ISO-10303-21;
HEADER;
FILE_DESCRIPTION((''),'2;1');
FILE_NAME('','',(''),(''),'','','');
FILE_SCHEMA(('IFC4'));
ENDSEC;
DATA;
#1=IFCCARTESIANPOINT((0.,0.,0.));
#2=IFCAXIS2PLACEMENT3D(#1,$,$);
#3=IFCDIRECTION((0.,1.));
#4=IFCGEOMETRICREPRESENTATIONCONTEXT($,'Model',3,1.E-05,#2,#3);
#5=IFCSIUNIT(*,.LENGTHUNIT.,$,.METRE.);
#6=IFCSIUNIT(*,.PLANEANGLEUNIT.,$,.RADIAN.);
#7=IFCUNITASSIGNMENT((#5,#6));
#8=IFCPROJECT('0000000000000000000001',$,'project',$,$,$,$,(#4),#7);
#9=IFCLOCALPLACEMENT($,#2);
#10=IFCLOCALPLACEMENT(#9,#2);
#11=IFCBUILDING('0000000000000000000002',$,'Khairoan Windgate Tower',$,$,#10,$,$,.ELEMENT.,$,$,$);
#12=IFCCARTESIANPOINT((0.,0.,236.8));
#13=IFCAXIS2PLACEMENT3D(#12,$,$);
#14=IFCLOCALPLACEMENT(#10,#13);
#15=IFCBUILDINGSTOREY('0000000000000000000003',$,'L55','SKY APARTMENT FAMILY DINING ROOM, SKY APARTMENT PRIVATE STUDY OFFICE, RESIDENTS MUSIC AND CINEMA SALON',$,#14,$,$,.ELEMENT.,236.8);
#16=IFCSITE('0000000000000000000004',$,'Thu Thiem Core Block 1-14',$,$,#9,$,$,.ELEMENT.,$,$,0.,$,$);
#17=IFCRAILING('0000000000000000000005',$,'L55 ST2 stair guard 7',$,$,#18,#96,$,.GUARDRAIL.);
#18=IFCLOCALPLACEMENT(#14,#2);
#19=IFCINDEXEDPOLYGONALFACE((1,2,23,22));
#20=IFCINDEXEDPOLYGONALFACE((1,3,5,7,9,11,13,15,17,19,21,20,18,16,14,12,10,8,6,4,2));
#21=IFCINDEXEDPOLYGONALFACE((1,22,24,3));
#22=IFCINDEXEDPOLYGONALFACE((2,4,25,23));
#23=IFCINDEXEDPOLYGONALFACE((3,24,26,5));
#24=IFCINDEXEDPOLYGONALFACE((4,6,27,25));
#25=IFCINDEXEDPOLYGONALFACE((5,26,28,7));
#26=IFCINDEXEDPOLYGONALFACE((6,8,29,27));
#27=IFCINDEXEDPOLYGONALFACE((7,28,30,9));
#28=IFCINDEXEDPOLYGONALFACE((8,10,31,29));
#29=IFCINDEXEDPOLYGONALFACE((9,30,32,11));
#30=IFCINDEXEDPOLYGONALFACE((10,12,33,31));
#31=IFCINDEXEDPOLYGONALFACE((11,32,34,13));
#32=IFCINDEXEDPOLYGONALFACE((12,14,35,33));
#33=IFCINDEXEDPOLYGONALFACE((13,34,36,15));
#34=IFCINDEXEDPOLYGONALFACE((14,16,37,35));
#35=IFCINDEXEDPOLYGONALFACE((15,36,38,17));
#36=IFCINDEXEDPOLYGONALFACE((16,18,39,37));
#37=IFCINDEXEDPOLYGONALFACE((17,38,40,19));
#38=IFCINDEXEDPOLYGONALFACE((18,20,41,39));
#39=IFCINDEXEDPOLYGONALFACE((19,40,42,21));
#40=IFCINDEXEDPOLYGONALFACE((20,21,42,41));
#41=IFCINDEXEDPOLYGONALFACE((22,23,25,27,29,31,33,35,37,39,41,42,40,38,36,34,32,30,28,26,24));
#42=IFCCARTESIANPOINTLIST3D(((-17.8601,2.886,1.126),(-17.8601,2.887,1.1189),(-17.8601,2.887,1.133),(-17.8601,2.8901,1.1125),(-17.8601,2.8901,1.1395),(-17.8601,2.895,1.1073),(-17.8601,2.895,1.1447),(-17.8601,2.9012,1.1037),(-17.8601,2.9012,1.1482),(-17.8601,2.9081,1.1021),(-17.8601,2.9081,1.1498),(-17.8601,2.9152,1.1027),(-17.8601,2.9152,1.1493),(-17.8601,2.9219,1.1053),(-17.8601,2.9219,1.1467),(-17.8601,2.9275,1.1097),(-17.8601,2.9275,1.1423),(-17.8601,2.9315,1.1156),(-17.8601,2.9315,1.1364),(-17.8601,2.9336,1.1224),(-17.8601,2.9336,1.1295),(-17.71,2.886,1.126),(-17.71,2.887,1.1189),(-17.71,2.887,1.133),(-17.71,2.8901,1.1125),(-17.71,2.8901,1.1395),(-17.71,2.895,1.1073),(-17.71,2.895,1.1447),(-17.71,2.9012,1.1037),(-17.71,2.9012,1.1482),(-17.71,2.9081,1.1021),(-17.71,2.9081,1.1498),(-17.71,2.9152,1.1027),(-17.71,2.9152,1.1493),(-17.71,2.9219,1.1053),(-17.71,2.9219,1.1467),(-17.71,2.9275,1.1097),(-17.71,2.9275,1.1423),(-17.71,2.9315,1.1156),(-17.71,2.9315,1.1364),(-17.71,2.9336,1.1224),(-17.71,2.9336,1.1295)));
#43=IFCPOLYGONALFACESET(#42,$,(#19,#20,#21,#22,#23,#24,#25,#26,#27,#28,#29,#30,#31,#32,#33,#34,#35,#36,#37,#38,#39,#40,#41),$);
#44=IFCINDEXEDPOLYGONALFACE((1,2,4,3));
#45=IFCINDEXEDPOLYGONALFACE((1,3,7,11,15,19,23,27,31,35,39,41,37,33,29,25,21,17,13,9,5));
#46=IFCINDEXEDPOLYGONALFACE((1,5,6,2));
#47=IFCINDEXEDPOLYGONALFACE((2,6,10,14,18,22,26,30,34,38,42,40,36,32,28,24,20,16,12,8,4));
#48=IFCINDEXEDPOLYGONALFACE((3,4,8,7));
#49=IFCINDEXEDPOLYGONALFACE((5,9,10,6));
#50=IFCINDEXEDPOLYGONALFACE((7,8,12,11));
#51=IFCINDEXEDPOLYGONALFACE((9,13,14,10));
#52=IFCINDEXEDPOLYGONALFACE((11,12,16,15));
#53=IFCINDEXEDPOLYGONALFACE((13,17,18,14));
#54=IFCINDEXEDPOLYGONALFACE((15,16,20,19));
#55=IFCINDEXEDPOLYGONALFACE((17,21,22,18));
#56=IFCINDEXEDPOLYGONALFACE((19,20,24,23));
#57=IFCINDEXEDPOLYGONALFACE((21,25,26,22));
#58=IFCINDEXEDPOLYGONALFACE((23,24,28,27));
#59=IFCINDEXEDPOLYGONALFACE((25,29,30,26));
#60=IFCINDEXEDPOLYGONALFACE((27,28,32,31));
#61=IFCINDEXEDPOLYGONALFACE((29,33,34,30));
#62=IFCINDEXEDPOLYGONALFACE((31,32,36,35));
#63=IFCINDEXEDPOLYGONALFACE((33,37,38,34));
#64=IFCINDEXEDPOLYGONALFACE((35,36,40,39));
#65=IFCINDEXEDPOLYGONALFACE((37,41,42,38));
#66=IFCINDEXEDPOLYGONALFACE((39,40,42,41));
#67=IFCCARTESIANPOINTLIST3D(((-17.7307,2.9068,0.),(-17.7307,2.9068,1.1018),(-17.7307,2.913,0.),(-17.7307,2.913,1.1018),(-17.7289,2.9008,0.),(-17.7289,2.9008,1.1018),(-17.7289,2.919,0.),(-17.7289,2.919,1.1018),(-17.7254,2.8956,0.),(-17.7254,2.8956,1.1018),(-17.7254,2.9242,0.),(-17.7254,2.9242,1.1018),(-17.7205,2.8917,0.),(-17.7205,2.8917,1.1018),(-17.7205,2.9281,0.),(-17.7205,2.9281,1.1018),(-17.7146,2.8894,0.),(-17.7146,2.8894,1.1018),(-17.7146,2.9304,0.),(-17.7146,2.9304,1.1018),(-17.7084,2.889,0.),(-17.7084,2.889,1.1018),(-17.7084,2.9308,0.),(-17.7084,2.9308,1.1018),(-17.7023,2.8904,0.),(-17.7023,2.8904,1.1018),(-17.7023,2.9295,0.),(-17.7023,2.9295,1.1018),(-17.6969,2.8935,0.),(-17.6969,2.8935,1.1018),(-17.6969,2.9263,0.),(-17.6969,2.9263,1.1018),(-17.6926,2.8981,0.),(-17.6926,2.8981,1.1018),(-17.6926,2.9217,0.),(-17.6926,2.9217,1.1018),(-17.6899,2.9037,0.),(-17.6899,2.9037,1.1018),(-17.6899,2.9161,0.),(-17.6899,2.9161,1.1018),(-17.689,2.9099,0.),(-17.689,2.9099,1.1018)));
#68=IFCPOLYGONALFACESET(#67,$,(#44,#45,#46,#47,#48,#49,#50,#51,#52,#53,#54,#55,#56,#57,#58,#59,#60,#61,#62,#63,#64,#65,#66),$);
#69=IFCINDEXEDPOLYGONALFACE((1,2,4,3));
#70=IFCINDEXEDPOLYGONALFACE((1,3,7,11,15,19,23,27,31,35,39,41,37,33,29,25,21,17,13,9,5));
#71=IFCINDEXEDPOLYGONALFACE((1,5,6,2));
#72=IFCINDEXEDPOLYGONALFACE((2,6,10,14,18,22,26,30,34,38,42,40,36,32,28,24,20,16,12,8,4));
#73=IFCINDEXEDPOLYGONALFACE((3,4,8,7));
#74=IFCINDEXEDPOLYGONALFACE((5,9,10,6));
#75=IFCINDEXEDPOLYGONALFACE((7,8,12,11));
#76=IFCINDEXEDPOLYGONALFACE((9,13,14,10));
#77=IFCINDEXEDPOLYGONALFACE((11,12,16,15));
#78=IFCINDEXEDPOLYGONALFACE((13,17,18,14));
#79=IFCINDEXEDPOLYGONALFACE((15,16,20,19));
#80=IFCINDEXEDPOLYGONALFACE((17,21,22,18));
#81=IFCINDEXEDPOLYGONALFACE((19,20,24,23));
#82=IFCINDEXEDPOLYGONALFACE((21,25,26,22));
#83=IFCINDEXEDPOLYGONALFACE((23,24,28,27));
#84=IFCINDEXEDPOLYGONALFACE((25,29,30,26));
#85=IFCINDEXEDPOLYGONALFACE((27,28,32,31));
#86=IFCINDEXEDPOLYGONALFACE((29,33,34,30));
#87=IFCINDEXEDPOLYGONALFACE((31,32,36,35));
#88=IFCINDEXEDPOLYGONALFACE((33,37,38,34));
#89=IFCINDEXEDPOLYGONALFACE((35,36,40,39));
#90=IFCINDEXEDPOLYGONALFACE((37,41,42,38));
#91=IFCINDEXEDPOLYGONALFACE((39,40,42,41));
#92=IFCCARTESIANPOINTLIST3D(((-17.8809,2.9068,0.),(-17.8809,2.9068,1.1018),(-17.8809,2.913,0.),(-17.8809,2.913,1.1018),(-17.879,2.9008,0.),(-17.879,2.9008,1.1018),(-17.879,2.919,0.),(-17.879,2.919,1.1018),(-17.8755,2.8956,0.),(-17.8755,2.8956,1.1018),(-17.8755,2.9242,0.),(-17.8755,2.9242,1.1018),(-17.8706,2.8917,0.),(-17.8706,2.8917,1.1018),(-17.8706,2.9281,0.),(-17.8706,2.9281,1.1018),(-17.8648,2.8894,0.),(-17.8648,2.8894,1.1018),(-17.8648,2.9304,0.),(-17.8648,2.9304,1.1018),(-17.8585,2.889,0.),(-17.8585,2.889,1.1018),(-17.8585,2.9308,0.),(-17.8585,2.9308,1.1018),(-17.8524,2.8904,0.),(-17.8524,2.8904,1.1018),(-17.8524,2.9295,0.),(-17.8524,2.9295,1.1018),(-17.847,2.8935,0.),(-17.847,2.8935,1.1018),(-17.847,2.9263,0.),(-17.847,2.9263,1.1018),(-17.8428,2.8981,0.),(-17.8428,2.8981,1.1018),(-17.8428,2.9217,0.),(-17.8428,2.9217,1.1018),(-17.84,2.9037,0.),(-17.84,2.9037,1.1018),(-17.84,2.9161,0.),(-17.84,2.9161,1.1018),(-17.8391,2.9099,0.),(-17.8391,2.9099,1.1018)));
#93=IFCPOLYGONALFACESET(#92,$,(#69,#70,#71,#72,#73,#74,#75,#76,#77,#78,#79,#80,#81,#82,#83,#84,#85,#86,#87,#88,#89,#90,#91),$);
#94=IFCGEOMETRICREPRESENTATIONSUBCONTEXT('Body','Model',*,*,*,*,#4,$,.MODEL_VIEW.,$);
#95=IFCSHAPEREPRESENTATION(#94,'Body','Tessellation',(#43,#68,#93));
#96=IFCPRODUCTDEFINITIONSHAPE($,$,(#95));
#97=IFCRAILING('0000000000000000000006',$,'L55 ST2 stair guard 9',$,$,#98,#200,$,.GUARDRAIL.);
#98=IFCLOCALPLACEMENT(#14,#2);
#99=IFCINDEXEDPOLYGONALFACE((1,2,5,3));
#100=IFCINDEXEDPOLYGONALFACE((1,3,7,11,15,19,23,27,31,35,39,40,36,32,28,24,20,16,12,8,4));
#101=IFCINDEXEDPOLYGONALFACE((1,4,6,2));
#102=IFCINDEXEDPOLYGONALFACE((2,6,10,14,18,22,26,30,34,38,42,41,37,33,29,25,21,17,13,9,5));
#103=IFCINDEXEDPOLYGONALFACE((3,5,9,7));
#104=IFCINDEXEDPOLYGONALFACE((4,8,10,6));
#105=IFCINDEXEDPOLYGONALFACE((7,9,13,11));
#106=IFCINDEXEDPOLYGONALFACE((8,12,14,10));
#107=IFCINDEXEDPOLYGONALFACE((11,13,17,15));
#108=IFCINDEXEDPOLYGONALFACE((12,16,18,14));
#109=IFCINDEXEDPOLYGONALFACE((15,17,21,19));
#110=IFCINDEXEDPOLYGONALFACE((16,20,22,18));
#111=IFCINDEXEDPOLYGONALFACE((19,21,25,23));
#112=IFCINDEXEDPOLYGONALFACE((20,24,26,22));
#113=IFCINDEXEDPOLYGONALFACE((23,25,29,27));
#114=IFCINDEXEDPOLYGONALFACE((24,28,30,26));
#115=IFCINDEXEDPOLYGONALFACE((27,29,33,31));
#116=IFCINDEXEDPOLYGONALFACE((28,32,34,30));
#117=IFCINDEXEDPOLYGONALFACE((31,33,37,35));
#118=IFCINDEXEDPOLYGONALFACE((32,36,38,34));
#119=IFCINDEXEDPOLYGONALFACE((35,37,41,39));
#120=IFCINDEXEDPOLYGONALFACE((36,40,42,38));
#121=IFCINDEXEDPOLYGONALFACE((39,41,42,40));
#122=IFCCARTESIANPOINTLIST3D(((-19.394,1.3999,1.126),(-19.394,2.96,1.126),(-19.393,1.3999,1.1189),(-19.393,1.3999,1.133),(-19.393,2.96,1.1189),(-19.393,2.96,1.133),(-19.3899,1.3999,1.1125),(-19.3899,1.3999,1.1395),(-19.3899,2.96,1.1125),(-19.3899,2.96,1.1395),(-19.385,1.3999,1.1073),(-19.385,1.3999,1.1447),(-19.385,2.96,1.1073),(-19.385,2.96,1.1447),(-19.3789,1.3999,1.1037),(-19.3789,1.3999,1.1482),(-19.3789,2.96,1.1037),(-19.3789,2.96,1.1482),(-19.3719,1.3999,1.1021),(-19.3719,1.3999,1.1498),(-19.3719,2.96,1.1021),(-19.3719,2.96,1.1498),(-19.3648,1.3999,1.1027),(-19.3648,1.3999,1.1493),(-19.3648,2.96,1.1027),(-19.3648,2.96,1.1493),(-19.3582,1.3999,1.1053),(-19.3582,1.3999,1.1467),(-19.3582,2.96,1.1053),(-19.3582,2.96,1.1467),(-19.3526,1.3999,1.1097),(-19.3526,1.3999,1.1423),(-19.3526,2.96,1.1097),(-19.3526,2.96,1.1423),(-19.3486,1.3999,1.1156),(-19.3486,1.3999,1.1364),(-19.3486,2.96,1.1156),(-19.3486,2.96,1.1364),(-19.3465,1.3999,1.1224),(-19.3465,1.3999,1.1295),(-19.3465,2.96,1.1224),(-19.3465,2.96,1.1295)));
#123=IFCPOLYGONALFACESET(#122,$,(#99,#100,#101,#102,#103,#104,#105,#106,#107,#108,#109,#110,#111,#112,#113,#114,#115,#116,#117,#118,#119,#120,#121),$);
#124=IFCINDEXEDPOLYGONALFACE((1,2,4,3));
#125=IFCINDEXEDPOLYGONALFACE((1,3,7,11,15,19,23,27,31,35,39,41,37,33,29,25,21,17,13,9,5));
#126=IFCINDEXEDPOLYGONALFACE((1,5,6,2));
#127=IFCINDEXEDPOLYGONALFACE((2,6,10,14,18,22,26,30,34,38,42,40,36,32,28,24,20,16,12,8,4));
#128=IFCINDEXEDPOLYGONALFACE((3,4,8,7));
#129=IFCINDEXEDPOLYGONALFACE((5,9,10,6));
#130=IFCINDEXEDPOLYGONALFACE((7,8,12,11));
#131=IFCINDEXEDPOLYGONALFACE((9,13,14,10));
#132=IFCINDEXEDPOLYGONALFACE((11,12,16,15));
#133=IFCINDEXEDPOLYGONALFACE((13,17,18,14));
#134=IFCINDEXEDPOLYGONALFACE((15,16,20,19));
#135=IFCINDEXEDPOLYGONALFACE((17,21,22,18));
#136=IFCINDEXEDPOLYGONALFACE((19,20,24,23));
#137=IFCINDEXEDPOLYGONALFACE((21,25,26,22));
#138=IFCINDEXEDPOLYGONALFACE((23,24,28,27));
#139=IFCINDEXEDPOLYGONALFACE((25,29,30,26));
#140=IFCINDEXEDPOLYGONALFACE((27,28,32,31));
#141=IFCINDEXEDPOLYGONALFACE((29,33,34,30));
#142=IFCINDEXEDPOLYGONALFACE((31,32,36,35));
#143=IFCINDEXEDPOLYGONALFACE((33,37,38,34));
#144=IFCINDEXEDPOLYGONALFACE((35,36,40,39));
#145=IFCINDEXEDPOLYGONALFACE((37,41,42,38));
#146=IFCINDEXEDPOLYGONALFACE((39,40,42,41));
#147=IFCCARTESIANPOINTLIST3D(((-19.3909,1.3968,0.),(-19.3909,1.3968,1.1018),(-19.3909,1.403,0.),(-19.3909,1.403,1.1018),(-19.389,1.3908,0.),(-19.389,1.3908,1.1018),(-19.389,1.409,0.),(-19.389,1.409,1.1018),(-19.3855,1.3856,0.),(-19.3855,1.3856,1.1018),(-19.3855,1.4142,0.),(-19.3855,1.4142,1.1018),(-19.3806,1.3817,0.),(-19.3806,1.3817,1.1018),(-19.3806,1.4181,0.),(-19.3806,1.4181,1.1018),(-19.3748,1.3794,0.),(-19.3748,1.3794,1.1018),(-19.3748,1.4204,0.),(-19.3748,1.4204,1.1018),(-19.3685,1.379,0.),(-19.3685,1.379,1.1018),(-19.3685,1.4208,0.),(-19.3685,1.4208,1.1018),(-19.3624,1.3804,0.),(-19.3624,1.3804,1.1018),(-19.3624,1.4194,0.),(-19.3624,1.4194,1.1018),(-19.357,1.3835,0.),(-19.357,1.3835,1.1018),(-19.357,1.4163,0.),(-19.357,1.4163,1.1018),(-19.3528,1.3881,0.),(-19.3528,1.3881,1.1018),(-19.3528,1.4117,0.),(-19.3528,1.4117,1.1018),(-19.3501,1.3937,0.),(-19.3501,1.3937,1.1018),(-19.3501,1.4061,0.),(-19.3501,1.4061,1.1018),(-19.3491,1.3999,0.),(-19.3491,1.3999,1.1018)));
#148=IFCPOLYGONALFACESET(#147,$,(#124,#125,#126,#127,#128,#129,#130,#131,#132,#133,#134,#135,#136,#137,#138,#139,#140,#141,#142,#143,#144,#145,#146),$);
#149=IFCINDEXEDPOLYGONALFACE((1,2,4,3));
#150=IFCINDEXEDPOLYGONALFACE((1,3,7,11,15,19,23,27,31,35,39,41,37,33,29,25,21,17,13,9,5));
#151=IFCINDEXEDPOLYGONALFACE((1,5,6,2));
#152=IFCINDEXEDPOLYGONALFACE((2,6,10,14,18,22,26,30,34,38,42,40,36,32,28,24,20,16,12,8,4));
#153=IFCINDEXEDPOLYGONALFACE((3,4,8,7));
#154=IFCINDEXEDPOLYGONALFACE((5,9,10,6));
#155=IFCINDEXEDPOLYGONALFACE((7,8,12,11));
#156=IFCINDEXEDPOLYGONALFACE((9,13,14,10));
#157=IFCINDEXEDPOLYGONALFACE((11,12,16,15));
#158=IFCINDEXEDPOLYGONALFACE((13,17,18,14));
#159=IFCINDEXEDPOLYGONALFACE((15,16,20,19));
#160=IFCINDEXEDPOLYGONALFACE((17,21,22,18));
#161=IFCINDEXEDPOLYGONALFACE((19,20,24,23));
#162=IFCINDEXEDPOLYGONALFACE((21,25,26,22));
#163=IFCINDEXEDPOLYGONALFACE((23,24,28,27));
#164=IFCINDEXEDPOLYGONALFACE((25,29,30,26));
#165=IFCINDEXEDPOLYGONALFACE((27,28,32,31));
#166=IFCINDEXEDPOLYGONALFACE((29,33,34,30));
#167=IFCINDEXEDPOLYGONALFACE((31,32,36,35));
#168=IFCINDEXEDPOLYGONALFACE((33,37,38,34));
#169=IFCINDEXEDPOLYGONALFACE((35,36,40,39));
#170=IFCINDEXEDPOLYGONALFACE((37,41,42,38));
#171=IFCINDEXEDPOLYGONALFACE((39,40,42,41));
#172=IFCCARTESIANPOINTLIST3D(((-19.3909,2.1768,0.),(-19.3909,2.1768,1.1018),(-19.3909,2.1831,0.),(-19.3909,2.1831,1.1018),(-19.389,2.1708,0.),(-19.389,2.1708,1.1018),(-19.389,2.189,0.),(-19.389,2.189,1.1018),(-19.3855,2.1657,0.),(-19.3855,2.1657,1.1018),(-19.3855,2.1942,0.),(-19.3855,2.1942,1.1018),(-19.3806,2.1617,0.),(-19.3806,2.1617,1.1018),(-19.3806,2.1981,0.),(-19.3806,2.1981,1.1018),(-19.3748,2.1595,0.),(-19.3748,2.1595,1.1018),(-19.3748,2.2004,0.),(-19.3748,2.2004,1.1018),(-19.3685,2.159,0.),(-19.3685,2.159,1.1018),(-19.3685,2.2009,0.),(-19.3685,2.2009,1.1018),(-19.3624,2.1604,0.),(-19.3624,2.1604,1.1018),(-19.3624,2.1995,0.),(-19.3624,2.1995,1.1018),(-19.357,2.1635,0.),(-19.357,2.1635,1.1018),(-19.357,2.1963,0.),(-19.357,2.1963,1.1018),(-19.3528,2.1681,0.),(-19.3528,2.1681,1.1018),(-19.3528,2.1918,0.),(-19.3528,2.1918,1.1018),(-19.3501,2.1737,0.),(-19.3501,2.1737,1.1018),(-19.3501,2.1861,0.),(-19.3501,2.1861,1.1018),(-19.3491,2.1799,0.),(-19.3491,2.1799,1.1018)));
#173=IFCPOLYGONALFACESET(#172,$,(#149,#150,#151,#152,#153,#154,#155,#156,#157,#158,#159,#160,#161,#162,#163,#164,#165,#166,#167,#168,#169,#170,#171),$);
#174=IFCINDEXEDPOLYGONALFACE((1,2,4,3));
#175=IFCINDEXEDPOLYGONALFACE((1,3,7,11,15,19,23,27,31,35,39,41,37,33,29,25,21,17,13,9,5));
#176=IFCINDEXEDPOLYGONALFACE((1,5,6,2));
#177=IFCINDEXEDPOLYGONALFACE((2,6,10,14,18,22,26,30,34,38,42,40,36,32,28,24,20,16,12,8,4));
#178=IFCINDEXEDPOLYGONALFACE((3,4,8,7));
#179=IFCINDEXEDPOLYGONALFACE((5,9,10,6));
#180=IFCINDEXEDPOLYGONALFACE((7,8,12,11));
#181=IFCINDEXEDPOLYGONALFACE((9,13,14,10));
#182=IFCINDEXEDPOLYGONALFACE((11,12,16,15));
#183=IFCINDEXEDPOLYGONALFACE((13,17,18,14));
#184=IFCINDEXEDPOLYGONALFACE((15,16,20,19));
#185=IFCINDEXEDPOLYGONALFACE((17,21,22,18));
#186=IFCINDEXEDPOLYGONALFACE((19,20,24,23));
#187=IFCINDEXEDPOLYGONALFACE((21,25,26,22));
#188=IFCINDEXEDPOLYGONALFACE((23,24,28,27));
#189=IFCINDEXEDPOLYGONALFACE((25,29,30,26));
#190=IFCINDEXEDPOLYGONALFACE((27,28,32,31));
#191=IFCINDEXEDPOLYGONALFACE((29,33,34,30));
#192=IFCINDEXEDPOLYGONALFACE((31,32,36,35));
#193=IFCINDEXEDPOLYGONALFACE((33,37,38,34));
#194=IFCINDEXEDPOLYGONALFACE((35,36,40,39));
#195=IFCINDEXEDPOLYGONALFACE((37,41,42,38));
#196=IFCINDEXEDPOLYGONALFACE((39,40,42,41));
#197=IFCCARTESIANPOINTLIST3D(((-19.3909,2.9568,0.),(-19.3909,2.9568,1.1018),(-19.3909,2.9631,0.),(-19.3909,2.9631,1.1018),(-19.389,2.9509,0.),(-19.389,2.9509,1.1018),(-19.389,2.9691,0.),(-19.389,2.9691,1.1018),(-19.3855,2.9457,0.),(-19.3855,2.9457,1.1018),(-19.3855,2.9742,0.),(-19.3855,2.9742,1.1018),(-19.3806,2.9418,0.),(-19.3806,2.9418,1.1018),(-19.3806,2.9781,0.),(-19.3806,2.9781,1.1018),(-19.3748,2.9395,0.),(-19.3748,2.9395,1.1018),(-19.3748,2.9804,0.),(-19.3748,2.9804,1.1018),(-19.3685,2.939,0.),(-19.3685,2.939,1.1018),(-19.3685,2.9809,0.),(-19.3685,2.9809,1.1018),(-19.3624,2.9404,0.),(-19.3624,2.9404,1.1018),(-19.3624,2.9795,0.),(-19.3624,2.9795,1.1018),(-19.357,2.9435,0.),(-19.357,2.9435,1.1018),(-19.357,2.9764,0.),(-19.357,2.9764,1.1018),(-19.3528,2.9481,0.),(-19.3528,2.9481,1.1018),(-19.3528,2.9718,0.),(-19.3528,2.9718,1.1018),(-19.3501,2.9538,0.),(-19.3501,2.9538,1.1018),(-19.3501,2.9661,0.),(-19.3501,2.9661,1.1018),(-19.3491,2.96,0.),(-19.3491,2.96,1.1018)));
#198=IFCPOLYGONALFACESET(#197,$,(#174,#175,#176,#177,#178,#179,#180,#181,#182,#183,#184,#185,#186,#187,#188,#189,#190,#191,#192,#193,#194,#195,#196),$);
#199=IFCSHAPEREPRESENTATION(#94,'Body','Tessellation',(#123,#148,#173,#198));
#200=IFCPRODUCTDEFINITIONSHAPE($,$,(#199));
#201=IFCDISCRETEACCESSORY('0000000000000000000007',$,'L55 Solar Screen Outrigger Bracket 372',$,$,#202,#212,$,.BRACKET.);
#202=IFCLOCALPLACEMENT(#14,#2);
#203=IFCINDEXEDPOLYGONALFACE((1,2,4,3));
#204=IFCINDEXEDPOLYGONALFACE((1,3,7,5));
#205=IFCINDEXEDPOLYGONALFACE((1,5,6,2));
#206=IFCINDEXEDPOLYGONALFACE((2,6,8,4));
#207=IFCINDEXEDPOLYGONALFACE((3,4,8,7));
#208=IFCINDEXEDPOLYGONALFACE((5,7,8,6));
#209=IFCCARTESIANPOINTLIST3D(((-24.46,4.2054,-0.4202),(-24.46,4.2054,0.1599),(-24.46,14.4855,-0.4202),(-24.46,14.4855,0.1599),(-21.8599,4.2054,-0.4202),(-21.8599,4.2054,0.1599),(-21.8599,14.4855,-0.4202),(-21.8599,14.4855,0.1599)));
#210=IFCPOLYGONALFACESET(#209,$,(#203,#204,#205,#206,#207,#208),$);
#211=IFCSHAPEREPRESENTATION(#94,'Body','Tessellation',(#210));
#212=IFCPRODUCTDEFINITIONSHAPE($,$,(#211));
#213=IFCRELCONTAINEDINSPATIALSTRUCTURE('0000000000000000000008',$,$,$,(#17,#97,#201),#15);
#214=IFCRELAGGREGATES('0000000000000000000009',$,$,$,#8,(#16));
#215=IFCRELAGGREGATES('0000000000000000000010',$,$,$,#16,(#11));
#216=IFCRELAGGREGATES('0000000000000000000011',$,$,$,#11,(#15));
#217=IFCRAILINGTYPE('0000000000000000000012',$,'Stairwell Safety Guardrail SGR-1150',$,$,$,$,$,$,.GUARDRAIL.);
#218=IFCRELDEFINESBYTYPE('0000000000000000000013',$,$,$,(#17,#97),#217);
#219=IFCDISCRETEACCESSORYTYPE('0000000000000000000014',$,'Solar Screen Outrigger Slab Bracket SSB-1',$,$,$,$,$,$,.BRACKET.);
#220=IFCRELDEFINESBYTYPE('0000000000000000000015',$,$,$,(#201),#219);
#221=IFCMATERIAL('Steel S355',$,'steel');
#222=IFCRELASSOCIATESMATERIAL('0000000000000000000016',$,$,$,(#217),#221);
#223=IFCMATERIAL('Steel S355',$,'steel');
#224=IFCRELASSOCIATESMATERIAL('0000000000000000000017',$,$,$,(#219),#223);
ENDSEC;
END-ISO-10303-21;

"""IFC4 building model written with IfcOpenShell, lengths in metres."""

from ifc_helpers import new_model, si_unit, direction, frame, origin, origin_2d, place, context, subcontext, project, spatial, rectangle, circle, extrude, material, type_object, element, save


model = new_model("IFC4")

# Units and contexts
model_context = context("Model", 3, precision=1e-05, world=origin(), true_north=direction((0.0, 1.0)))
body_context = subcontext(model_context, "Body", "Model", "MODEL_VIEW")
ifc_project = project(units=[si_unit("LENGTHUNIT", "METRE"), si_unit("PLANEANGLEUNIT", "RADIAN")], contexts=[model_context])

# Site, building, storey
site_placement = place(None, origin())
site = spatial("IfcSite", under=ifc_project, at=site_placement, Name="Thu Thiem Core Block 1-14", CompositionType="ELEMENT", RefElevation=0.0)
building_placement = place(site_placement, origin())
building = spatial("IfcBuilding", under=site, at=building_placement, Name="Khairoan Windgate Tower", CompositionType="ELEMENT")
storey_placement = place(building_placement, frame((0.0, 0.0, 236.8)))
storey = spatial("IfcBuildingStorey", under=building, at=storey_placement, Name="L55", Description="SKY APARTMENT FAMILY DINING ROOM, SKY APARTMENT PRIVATE STUDY OFFICE, RESIDENTS MUSIC AND CINEMA SALON", CompositionType="ELEMENT", Elevation=236.8)

# Railings
ifc_material_1 = material(Name="Steel S355", Category="steel")
railing_type_1 = type_object("IfcRailingType", Name="Stairwell Safety Guardrail SGR-1150", PredefinedType="GUARDRAIL", material=ifc_material_1)
railing_1_placement = place(storey_placement, frame((-17.71, 2.9099, 0.0)))
element("IfcRailing", 1, at=railing_1_placement, inside=storey, type_object=railing_type_1, Name="L55 ST2 stair guard 7", PredefinedType="GUARDRAIL", context=body_context, shape_type="SweptSolid", body=[
    extrude(circle(Radius=0.0239, at=origin_2d()), frame((0.0, 0.0, 1.126), z_axis=(-1.0, 0.0, 0.0), x_axis=(0.0, -1.0, 0.0)), (0.0, 0.0, 1.0), 0.1501),
    extrude(circle(Radius=0.021, at=origin_2d()), origin(), (0.0, 0.0, 1.0), 1.1018),
    extrude(circle(Radius=0.021, at=origin_2d()), frame((-0.1501, 0.0, 0.0)), (0.0, 0.0, 1.0), 1.1018),
])
railing_2_placement = place(storey_placement, frame((-19.3701, 1.3999, 0.0)))
element("IfcRailing", 2, at=railing_2_placement, inside=storey, type_object=railing_type_1, Name="L55 ST2 stair guard 9", PredefinedType="GUARDRAIL", context=body_context, shape_type="SweptSolid", body=[
    extrude(circle(Radius=0.0239, at=origin_2d()), frame((0.0, 0.0, 1.126), z_axis=(0.0, 1.0, 0.0), x_axis=(-1.0, 0.0, 0.0)), (0.0, 0.0, 1.0), 1.5601),
    extrude(circle(Radius=0.021, at=origin_2d()), origin(), (0.0, 0.0, 1.0), 1.1018),
    extrude(circle(Radius=0.021, at=origin_2d()), frame((0.0, 0.78, 0.0)), (0.0, 0.0, 1.0), 1.1018),
    extrude(circle(Radius=0.021, at=origin_2d()), frame((0.0, 1.5601, 0.0)), (0.0, 0.0, 1.0), 1.1018),
])

# Discrete accessory
ifc_material_2 = material(Name="Steel S355", Category="steel")
discrete_accessory_type = type_object("IfcDiscreteAccessoryType", Name="Solar Screen Outrigger Slab Bracket SSB-1", PredefinedType="BRACKET", material=ifc_material_2)
discrete_accessory_placement = place(storey_placement, frame((-23.1599, 9.3455, -0.4202), z_axis=(0.0, 0.0, 1.0), x_axis=(0.0, 1.0, 0.0)))
element("IfcDiscreteAccessory", 3, at=discrete_accessory_placement, inside=storey, type_object=discrete_accessory_type, Name="L55 Solar Screen Outrigger Bracket 372", PredefinedType="BRACKET", context=body_context, shape_type="SweptSolid", body=[
    extrude(rectangle(XDim=10.28, YDim=2.6001, at=origin_2d()), origin(), (0.0, 0.0, 1.0), 0.5801),
])

save(model, "model.ifc")
